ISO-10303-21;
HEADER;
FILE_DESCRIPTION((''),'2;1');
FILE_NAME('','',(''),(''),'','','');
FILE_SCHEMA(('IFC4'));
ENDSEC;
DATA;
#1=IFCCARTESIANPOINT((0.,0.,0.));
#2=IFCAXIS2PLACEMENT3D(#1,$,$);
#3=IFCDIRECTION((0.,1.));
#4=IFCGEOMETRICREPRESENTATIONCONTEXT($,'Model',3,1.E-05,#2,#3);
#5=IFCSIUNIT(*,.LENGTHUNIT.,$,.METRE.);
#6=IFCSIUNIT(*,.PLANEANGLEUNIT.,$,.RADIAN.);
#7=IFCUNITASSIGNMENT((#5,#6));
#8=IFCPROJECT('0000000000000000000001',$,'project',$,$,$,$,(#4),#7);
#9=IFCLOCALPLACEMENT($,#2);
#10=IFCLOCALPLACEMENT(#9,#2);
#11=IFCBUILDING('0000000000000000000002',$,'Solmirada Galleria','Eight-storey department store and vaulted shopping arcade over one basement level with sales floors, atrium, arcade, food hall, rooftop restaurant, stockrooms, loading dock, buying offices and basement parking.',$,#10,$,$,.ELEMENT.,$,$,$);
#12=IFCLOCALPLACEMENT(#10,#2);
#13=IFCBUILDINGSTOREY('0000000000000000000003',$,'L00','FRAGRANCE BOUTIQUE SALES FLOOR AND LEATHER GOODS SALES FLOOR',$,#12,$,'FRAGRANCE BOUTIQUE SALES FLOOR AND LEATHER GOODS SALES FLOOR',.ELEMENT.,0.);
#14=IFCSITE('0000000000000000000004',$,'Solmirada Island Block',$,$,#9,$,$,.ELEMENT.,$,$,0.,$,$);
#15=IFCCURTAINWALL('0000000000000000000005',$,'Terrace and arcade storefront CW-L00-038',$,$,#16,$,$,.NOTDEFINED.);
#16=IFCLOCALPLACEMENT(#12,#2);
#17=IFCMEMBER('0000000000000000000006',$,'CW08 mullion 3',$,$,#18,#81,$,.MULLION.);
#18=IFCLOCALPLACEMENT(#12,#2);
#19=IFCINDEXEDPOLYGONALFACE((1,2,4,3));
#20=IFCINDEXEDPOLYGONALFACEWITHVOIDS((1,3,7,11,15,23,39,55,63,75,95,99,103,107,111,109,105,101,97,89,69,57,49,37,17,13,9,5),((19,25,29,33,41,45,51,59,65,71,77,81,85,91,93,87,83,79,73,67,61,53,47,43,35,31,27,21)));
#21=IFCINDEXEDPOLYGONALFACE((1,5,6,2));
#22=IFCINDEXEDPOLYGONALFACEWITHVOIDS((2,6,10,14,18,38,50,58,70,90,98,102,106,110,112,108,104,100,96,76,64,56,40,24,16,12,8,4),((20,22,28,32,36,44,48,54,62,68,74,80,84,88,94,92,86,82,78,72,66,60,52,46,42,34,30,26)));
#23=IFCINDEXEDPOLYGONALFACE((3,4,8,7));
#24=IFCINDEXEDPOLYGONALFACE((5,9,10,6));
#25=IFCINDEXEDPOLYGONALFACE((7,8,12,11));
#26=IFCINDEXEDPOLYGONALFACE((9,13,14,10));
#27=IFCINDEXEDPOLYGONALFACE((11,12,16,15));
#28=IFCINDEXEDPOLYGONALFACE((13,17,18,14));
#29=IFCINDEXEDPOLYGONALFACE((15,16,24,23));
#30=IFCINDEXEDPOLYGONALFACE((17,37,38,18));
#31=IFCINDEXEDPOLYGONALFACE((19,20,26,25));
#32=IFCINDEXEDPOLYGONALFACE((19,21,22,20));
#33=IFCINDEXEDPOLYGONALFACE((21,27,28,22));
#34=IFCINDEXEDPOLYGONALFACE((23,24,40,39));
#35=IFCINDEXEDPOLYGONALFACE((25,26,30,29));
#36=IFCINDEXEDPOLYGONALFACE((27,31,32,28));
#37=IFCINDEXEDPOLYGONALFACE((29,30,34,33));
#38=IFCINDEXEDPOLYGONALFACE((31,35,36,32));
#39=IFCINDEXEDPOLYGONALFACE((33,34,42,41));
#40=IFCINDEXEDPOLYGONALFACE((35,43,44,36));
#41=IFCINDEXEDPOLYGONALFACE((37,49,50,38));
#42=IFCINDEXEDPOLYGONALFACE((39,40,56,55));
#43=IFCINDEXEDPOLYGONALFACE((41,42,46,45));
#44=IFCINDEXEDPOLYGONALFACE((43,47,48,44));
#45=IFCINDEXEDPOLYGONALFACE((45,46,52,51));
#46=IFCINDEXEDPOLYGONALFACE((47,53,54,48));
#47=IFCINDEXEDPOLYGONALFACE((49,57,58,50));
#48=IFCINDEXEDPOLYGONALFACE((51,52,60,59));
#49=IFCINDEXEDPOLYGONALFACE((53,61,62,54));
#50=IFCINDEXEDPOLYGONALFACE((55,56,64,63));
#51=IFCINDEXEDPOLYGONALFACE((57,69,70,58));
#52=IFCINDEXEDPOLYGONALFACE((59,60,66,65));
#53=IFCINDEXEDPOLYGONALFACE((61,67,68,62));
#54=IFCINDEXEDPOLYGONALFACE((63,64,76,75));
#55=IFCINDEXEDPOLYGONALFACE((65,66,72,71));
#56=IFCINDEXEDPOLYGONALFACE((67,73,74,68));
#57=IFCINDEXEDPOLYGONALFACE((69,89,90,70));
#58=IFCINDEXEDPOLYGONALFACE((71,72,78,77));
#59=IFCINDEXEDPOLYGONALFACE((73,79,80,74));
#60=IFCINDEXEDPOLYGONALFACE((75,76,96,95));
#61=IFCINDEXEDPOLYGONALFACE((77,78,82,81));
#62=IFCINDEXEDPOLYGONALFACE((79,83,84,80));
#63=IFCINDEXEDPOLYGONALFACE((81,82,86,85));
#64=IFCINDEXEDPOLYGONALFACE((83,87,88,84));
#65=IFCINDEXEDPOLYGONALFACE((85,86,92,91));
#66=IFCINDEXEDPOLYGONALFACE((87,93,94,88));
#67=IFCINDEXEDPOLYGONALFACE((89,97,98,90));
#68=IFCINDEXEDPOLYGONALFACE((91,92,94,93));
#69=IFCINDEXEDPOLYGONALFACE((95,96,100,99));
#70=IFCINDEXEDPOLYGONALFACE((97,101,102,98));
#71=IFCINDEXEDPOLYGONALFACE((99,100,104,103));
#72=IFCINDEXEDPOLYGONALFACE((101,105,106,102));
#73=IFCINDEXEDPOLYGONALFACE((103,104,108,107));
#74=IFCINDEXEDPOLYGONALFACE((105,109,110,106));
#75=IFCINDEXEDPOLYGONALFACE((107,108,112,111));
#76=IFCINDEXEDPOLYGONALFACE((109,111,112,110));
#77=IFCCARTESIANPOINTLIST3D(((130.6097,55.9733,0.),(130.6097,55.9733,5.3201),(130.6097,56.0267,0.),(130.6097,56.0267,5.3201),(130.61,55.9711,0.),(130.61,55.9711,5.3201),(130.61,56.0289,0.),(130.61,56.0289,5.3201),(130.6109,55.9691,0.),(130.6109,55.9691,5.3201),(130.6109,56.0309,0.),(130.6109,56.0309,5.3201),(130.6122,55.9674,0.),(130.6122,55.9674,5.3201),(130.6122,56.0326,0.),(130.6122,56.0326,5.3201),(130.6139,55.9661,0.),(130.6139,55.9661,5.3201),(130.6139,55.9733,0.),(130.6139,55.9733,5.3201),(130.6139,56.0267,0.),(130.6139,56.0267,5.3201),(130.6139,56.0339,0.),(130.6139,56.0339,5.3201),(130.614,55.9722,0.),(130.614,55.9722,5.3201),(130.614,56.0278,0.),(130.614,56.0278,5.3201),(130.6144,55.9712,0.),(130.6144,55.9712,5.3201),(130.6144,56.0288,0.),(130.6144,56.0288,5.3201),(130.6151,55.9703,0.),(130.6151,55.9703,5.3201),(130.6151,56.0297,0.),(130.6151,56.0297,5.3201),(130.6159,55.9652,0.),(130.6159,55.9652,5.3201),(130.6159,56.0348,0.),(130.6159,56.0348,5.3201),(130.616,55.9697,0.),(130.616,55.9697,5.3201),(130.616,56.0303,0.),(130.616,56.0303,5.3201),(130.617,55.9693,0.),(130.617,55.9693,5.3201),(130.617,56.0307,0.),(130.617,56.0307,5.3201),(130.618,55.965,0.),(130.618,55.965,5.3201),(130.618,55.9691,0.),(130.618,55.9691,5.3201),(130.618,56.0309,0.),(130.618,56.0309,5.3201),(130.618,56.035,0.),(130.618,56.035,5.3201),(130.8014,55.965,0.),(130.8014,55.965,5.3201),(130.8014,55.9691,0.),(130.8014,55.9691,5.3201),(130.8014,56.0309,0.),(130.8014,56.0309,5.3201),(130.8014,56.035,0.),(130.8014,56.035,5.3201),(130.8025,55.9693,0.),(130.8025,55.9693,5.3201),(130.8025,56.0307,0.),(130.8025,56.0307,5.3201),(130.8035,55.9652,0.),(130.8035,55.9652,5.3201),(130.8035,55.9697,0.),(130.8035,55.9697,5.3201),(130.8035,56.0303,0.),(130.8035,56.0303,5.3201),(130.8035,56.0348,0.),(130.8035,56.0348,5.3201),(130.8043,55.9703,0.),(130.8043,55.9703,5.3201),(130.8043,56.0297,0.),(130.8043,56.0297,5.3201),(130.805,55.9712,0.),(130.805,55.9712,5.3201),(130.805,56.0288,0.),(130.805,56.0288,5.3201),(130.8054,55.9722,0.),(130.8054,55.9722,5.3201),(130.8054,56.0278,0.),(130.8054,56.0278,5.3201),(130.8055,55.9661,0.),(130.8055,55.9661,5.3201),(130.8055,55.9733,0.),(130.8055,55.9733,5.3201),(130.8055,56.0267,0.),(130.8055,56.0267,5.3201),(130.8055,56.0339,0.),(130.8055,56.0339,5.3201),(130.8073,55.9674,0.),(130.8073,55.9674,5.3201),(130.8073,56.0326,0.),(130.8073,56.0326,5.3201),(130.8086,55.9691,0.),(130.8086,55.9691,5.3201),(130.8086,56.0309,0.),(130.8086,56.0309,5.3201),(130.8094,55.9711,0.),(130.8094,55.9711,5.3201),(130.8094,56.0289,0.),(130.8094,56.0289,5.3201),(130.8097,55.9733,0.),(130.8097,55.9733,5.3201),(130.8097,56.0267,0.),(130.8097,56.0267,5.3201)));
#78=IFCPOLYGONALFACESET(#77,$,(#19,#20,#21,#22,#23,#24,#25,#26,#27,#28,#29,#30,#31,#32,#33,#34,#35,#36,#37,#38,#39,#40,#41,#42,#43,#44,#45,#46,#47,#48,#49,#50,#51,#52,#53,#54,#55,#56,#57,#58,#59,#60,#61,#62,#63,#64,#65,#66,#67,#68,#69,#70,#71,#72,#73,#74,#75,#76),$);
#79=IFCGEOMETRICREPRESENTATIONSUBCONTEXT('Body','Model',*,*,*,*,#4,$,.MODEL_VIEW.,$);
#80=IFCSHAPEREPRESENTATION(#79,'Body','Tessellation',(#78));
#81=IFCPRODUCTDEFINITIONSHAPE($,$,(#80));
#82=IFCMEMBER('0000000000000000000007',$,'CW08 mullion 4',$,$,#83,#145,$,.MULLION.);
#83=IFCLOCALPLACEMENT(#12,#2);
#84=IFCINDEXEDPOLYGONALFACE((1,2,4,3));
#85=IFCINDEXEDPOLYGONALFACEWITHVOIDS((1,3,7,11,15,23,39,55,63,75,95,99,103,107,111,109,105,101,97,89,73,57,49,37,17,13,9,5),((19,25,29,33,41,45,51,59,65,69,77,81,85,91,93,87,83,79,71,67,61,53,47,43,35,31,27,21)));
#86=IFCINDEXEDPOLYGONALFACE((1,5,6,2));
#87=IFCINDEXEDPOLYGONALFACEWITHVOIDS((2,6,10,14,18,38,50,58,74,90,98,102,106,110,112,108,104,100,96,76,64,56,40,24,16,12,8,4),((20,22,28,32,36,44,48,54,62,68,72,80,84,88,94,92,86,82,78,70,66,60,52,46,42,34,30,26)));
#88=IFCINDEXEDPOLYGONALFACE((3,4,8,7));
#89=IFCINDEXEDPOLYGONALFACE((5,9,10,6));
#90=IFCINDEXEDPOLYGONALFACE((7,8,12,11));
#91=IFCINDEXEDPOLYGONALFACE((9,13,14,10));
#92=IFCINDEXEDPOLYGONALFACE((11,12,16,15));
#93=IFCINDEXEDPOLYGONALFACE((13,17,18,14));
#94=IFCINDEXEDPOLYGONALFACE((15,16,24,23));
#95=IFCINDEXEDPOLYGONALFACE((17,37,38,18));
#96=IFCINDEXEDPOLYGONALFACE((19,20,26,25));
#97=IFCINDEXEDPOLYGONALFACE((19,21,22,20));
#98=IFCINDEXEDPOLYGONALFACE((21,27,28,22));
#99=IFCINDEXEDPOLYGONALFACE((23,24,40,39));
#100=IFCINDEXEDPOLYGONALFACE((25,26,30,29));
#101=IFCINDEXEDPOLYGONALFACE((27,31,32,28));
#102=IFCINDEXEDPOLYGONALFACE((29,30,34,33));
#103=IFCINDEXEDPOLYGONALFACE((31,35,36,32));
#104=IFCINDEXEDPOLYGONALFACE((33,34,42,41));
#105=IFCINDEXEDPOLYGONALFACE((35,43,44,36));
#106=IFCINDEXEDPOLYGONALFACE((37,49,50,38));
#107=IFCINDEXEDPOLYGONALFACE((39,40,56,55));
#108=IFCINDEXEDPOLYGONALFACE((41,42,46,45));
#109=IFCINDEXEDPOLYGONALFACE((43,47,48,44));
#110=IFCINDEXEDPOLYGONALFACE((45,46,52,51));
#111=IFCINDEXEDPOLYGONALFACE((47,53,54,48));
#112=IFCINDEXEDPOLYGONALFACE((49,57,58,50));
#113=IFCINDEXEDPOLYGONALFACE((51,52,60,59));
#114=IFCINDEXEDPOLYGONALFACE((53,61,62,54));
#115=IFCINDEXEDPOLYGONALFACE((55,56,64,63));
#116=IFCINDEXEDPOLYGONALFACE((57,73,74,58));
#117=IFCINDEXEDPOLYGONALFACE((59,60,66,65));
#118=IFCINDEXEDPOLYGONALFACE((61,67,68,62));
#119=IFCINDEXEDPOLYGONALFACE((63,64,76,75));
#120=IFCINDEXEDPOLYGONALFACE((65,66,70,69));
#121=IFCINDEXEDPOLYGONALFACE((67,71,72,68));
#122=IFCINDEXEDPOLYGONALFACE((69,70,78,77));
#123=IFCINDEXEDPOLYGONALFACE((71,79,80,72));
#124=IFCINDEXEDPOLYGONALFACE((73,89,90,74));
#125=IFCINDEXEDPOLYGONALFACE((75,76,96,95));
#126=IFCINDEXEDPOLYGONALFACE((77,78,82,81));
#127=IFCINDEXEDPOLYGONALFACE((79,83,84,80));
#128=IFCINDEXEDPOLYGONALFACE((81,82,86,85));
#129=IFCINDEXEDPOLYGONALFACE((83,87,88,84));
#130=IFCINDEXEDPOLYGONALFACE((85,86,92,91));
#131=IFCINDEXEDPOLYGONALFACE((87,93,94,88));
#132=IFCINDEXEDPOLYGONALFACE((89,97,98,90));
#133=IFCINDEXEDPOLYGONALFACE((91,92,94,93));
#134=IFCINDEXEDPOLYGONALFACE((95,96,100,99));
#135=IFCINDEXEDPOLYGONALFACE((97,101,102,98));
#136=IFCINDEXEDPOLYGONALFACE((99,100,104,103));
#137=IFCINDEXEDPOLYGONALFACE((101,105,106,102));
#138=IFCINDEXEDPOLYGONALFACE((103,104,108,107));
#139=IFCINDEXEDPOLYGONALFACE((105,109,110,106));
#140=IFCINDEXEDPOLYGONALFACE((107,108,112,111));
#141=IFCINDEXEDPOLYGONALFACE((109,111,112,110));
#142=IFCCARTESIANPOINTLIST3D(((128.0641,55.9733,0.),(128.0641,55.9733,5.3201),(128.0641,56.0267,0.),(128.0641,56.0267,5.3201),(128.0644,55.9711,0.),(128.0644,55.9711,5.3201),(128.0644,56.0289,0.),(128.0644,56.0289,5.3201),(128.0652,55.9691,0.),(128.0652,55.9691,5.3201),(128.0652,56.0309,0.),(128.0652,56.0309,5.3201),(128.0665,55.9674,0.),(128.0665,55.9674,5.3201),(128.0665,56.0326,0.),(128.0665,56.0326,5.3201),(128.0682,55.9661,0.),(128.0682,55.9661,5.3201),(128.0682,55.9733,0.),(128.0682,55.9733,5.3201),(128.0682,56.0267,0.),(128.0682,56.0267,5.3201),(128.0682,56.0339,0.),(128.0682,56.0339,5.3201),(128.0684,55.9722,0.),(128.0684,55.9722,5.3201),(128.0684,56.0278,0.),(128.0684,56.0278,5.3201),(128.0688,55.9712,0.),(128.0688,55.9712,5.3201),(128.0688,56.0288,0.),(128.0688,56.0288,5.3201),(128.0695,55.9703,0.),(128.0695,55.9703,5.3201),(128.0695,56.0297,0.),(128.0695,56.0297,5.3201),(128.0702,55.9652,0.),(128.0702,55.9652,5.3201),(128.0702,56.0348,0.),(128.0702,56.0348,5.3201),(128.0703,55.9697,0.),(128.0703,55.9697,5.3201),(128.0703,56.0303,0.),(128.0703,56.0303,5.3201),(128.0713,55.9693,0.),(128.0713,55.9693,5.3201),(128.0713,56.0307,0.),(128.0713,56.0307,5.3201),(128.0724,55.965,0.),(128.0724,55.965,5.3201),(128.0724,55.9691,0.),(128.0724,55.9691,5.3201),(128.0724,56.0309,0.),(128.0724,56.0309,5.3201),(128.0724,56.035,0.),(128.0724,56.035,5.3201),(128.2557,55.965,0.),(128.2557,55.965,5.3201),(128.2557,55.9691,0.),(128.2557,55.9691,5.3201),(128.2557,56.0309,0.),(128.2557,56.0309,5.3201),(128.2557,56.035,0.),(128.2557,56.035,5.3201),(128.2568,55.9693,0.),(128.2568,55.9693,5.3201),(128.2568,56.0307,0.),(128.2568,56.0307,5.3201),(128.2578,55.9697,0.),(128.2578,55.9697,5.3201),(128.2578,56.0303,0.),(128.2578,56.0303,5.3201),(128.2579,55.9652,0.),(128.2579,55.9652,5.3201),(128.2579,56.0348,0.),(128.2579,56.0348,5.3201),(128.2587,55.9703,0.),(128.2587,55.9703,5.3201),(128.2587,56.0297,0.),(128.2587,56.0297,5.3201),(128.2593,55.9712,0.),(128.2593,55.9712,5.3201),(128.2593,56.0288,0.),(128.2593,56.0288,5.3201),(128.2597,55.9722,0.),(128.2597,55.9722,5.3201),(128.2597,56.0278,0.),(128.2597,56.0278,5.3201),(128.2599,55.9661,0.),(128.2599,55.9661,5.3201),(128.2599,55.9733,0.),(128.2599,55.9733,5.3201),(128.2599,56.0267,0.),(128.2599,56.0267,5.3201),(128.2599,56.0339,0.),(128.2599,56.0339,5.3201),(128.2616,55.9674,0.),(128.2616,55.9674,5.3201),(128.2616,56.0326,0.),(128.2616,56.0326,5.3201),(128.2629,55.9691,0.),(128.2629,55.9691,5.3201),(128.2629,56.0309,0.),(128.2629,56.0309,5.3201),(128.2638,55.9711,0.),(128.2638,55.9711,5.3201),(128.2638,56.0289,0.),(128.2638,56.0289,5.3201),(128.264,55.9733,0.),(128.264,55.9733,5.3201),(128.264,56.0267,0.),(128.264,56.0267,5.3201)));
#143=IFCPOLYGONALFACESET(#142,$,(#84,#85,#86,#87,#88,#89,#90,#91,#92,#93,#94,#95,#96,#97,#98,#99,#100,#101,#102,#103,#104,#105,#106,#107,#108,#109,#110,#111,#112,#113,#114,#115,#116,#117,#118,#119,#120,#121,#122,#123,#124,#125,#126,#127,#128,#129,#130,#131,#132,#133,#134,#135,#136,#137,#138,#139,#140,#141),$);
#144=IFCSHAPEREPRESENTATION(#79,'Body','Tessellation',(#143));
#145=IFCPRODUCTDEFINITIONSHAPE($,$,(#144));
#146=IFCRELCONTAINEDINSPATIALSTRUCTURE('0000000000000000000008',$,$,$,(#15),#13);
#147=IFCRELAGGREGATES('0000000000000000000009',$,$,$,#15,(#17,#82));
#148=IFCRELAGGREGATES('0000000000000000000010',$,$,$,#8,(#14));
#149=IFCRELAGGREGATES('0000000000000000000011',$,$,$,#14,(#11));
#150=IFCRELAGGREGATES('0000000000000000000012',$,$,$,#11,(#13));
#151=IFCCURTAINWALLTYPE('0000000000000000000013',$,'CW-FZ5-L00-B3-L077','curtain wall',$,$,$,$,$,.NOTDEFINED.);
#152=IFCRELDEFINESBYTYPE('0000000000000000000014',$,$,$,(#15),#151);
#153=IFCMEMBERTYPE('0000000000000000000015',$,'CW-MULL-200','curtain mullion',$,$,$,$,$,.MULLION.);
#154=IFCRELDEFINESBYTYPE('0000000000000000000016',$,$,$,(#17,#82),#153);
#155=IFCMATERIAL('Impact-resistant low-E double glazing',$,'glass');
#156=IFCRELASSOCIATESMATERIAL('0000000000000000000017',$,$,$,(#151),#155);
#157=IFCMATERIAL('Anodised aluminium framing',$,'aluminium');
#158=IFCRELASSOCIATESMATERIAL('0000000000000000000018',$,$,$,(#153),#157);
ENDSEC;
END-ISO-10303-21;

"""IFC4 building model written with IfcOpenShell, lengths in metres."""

from ifc_helpers import new_model, si_unit, direction, frame, origin, origin_2d, place, context, subcontext, project, spatial, hollow_rectangle, extrude, material, material_profile, profile_set, type_object, element, aggregate, save


model = new_model("IFC4")

# Units and contexts
model_context = context("Model", 3, precision=1e-05, world=origin(), true_north=direction((0.0, 1.0)))
body_context = subcontext(model_context, "Body", "Model", "MODEL_VIEW")
ifc_project = project(units=[si_unit("LENGTHUNIT", "METRE"), si_unit("PLANEANGLEUNIT", "RADIAN")], contexts=[model_context])

# Site, building, storey
site_placement = place(None, origin())
site = spatial("IfcSite", under=ifc_project, at=site_placement, Name="Solmirada Island Block", CompositionType="ELEMENT", RefElevation=0.0)
building_placement = place(site_placement, origin())
building = spatial("IfcBuilding", under=site, at=building_placement, Name="Solmirada Galleria", Description="Eight-storey department store and vaulted shopping arcade over one basement level with sales floors, atrium, arcade, food hall, rooftop restaurant, stockrooms, loading dock, buying offices and basement parking.", CompositionType="ELEMENT")
storey_placement = place(building_placement, origin())
storey = spatial("IfcBuildingStorey", under=building, at=storey_placement, Name="L00", Description="FRAGRANCE BOUTIQUE SALES FLOOR AND LEATHER GOODS SALES FLOOR", LongName="FRAGRANCE BOUTIQUE SALES FLOOR AND LEATHER GOODS SALES FLOOR", CompositionType="ELEMENT", Elevation=0.0)

# Curtain wall, members
ifc_material_1 = material(Name="Impact-resistant low-E double glazing", Category="glass")
curtain_wall_type = type_object("IfcCurtainWallType", Name="CW-FZ5-L00-B3-L077", Description="curtain wall", PredefinedType="NOTDEFINED", material=ifc_material_1)
ifc_material_2 = material(Name="Anodised aluminium framing", Category="aluminium")
ifc_material_profile_1 = material_profile(ifc_material_2, hollow_rectangle(XDim=0.0701, YDim=0.2, WallThickness=0.0042, InnerFilletRadius=0.0042, OuterFilletRadius=0.0083, at=origin_2d()), Name="ALU-MULL-200X70")
ifc_profile_set_1 = profile_set([ifc_material_profile_1], Name="Anodised aluminium framing")
member_type_1 = type_object("IfcMemberType", Name="CW-MULL-200", Description="curtain mullion", PredefinedType="MULLION", material=ifc_profile_set_1)
curtain_wall_1_placement = place(storey_placement, origin())
curtain_wall_1 = element("IfcCurtainWall", 1, at=curtain_wall_1_placement, inside=storey, type_object=curtain_wall_type, Name="Terrace and arcade storefront CW-L00-038", PredefinedType="NOTDEFINED")
member_1_placement = place(storey_placement, frame((130.7097, 56.0, 0.0), z_axis=(0.0, 0.0, 1.0), x_axis=(0.0, -1.0, 0.0)))
member_1 = element("IfcMember", 2, at=member_1_placement, type_object=member_type_1, Name="CW08 mullion 3", PredefinedType="MULLION", context=body_context, shape_type="SweptSolid", body=[
    extrude(hollow_rectangle(XDim=0.0701, YDim=0.2, WallThickness=0.0042, InnerFilletRadius=0.0042, OuterFilletRadius=0.0083, at=origin_2d()), origin(), (0.0, 0.0, 1.0), 5.3201),
])
member_2_placement = place(storey_placement, frame((128.1641, 56.0, 0.0), z_axis=(0.0, 0.0, 1.0), x_axis=(0.0, -1.0, 0.0)))
member_2 = element("IfcMember", 3, at=member_2_placement, type_object=member_type_1, Name="CW08 mullion 4", PredefinedType="MULLION", context=body_context, shape_type="SweptSolid", body=[
    extrude(hollow_rectangle(XDim=0.0701, YDim=0.2, WallThickness=0.0042, InnerFilletRadius=0.0042, OuterFilletRadius=0.0083, at=origin_2d()), origin(), (0.0, 0.0, 1.0), 5.3201),
])

aggregate(curtain_wall_1, [member_1, member_2])

save(model, "model.ifc")
